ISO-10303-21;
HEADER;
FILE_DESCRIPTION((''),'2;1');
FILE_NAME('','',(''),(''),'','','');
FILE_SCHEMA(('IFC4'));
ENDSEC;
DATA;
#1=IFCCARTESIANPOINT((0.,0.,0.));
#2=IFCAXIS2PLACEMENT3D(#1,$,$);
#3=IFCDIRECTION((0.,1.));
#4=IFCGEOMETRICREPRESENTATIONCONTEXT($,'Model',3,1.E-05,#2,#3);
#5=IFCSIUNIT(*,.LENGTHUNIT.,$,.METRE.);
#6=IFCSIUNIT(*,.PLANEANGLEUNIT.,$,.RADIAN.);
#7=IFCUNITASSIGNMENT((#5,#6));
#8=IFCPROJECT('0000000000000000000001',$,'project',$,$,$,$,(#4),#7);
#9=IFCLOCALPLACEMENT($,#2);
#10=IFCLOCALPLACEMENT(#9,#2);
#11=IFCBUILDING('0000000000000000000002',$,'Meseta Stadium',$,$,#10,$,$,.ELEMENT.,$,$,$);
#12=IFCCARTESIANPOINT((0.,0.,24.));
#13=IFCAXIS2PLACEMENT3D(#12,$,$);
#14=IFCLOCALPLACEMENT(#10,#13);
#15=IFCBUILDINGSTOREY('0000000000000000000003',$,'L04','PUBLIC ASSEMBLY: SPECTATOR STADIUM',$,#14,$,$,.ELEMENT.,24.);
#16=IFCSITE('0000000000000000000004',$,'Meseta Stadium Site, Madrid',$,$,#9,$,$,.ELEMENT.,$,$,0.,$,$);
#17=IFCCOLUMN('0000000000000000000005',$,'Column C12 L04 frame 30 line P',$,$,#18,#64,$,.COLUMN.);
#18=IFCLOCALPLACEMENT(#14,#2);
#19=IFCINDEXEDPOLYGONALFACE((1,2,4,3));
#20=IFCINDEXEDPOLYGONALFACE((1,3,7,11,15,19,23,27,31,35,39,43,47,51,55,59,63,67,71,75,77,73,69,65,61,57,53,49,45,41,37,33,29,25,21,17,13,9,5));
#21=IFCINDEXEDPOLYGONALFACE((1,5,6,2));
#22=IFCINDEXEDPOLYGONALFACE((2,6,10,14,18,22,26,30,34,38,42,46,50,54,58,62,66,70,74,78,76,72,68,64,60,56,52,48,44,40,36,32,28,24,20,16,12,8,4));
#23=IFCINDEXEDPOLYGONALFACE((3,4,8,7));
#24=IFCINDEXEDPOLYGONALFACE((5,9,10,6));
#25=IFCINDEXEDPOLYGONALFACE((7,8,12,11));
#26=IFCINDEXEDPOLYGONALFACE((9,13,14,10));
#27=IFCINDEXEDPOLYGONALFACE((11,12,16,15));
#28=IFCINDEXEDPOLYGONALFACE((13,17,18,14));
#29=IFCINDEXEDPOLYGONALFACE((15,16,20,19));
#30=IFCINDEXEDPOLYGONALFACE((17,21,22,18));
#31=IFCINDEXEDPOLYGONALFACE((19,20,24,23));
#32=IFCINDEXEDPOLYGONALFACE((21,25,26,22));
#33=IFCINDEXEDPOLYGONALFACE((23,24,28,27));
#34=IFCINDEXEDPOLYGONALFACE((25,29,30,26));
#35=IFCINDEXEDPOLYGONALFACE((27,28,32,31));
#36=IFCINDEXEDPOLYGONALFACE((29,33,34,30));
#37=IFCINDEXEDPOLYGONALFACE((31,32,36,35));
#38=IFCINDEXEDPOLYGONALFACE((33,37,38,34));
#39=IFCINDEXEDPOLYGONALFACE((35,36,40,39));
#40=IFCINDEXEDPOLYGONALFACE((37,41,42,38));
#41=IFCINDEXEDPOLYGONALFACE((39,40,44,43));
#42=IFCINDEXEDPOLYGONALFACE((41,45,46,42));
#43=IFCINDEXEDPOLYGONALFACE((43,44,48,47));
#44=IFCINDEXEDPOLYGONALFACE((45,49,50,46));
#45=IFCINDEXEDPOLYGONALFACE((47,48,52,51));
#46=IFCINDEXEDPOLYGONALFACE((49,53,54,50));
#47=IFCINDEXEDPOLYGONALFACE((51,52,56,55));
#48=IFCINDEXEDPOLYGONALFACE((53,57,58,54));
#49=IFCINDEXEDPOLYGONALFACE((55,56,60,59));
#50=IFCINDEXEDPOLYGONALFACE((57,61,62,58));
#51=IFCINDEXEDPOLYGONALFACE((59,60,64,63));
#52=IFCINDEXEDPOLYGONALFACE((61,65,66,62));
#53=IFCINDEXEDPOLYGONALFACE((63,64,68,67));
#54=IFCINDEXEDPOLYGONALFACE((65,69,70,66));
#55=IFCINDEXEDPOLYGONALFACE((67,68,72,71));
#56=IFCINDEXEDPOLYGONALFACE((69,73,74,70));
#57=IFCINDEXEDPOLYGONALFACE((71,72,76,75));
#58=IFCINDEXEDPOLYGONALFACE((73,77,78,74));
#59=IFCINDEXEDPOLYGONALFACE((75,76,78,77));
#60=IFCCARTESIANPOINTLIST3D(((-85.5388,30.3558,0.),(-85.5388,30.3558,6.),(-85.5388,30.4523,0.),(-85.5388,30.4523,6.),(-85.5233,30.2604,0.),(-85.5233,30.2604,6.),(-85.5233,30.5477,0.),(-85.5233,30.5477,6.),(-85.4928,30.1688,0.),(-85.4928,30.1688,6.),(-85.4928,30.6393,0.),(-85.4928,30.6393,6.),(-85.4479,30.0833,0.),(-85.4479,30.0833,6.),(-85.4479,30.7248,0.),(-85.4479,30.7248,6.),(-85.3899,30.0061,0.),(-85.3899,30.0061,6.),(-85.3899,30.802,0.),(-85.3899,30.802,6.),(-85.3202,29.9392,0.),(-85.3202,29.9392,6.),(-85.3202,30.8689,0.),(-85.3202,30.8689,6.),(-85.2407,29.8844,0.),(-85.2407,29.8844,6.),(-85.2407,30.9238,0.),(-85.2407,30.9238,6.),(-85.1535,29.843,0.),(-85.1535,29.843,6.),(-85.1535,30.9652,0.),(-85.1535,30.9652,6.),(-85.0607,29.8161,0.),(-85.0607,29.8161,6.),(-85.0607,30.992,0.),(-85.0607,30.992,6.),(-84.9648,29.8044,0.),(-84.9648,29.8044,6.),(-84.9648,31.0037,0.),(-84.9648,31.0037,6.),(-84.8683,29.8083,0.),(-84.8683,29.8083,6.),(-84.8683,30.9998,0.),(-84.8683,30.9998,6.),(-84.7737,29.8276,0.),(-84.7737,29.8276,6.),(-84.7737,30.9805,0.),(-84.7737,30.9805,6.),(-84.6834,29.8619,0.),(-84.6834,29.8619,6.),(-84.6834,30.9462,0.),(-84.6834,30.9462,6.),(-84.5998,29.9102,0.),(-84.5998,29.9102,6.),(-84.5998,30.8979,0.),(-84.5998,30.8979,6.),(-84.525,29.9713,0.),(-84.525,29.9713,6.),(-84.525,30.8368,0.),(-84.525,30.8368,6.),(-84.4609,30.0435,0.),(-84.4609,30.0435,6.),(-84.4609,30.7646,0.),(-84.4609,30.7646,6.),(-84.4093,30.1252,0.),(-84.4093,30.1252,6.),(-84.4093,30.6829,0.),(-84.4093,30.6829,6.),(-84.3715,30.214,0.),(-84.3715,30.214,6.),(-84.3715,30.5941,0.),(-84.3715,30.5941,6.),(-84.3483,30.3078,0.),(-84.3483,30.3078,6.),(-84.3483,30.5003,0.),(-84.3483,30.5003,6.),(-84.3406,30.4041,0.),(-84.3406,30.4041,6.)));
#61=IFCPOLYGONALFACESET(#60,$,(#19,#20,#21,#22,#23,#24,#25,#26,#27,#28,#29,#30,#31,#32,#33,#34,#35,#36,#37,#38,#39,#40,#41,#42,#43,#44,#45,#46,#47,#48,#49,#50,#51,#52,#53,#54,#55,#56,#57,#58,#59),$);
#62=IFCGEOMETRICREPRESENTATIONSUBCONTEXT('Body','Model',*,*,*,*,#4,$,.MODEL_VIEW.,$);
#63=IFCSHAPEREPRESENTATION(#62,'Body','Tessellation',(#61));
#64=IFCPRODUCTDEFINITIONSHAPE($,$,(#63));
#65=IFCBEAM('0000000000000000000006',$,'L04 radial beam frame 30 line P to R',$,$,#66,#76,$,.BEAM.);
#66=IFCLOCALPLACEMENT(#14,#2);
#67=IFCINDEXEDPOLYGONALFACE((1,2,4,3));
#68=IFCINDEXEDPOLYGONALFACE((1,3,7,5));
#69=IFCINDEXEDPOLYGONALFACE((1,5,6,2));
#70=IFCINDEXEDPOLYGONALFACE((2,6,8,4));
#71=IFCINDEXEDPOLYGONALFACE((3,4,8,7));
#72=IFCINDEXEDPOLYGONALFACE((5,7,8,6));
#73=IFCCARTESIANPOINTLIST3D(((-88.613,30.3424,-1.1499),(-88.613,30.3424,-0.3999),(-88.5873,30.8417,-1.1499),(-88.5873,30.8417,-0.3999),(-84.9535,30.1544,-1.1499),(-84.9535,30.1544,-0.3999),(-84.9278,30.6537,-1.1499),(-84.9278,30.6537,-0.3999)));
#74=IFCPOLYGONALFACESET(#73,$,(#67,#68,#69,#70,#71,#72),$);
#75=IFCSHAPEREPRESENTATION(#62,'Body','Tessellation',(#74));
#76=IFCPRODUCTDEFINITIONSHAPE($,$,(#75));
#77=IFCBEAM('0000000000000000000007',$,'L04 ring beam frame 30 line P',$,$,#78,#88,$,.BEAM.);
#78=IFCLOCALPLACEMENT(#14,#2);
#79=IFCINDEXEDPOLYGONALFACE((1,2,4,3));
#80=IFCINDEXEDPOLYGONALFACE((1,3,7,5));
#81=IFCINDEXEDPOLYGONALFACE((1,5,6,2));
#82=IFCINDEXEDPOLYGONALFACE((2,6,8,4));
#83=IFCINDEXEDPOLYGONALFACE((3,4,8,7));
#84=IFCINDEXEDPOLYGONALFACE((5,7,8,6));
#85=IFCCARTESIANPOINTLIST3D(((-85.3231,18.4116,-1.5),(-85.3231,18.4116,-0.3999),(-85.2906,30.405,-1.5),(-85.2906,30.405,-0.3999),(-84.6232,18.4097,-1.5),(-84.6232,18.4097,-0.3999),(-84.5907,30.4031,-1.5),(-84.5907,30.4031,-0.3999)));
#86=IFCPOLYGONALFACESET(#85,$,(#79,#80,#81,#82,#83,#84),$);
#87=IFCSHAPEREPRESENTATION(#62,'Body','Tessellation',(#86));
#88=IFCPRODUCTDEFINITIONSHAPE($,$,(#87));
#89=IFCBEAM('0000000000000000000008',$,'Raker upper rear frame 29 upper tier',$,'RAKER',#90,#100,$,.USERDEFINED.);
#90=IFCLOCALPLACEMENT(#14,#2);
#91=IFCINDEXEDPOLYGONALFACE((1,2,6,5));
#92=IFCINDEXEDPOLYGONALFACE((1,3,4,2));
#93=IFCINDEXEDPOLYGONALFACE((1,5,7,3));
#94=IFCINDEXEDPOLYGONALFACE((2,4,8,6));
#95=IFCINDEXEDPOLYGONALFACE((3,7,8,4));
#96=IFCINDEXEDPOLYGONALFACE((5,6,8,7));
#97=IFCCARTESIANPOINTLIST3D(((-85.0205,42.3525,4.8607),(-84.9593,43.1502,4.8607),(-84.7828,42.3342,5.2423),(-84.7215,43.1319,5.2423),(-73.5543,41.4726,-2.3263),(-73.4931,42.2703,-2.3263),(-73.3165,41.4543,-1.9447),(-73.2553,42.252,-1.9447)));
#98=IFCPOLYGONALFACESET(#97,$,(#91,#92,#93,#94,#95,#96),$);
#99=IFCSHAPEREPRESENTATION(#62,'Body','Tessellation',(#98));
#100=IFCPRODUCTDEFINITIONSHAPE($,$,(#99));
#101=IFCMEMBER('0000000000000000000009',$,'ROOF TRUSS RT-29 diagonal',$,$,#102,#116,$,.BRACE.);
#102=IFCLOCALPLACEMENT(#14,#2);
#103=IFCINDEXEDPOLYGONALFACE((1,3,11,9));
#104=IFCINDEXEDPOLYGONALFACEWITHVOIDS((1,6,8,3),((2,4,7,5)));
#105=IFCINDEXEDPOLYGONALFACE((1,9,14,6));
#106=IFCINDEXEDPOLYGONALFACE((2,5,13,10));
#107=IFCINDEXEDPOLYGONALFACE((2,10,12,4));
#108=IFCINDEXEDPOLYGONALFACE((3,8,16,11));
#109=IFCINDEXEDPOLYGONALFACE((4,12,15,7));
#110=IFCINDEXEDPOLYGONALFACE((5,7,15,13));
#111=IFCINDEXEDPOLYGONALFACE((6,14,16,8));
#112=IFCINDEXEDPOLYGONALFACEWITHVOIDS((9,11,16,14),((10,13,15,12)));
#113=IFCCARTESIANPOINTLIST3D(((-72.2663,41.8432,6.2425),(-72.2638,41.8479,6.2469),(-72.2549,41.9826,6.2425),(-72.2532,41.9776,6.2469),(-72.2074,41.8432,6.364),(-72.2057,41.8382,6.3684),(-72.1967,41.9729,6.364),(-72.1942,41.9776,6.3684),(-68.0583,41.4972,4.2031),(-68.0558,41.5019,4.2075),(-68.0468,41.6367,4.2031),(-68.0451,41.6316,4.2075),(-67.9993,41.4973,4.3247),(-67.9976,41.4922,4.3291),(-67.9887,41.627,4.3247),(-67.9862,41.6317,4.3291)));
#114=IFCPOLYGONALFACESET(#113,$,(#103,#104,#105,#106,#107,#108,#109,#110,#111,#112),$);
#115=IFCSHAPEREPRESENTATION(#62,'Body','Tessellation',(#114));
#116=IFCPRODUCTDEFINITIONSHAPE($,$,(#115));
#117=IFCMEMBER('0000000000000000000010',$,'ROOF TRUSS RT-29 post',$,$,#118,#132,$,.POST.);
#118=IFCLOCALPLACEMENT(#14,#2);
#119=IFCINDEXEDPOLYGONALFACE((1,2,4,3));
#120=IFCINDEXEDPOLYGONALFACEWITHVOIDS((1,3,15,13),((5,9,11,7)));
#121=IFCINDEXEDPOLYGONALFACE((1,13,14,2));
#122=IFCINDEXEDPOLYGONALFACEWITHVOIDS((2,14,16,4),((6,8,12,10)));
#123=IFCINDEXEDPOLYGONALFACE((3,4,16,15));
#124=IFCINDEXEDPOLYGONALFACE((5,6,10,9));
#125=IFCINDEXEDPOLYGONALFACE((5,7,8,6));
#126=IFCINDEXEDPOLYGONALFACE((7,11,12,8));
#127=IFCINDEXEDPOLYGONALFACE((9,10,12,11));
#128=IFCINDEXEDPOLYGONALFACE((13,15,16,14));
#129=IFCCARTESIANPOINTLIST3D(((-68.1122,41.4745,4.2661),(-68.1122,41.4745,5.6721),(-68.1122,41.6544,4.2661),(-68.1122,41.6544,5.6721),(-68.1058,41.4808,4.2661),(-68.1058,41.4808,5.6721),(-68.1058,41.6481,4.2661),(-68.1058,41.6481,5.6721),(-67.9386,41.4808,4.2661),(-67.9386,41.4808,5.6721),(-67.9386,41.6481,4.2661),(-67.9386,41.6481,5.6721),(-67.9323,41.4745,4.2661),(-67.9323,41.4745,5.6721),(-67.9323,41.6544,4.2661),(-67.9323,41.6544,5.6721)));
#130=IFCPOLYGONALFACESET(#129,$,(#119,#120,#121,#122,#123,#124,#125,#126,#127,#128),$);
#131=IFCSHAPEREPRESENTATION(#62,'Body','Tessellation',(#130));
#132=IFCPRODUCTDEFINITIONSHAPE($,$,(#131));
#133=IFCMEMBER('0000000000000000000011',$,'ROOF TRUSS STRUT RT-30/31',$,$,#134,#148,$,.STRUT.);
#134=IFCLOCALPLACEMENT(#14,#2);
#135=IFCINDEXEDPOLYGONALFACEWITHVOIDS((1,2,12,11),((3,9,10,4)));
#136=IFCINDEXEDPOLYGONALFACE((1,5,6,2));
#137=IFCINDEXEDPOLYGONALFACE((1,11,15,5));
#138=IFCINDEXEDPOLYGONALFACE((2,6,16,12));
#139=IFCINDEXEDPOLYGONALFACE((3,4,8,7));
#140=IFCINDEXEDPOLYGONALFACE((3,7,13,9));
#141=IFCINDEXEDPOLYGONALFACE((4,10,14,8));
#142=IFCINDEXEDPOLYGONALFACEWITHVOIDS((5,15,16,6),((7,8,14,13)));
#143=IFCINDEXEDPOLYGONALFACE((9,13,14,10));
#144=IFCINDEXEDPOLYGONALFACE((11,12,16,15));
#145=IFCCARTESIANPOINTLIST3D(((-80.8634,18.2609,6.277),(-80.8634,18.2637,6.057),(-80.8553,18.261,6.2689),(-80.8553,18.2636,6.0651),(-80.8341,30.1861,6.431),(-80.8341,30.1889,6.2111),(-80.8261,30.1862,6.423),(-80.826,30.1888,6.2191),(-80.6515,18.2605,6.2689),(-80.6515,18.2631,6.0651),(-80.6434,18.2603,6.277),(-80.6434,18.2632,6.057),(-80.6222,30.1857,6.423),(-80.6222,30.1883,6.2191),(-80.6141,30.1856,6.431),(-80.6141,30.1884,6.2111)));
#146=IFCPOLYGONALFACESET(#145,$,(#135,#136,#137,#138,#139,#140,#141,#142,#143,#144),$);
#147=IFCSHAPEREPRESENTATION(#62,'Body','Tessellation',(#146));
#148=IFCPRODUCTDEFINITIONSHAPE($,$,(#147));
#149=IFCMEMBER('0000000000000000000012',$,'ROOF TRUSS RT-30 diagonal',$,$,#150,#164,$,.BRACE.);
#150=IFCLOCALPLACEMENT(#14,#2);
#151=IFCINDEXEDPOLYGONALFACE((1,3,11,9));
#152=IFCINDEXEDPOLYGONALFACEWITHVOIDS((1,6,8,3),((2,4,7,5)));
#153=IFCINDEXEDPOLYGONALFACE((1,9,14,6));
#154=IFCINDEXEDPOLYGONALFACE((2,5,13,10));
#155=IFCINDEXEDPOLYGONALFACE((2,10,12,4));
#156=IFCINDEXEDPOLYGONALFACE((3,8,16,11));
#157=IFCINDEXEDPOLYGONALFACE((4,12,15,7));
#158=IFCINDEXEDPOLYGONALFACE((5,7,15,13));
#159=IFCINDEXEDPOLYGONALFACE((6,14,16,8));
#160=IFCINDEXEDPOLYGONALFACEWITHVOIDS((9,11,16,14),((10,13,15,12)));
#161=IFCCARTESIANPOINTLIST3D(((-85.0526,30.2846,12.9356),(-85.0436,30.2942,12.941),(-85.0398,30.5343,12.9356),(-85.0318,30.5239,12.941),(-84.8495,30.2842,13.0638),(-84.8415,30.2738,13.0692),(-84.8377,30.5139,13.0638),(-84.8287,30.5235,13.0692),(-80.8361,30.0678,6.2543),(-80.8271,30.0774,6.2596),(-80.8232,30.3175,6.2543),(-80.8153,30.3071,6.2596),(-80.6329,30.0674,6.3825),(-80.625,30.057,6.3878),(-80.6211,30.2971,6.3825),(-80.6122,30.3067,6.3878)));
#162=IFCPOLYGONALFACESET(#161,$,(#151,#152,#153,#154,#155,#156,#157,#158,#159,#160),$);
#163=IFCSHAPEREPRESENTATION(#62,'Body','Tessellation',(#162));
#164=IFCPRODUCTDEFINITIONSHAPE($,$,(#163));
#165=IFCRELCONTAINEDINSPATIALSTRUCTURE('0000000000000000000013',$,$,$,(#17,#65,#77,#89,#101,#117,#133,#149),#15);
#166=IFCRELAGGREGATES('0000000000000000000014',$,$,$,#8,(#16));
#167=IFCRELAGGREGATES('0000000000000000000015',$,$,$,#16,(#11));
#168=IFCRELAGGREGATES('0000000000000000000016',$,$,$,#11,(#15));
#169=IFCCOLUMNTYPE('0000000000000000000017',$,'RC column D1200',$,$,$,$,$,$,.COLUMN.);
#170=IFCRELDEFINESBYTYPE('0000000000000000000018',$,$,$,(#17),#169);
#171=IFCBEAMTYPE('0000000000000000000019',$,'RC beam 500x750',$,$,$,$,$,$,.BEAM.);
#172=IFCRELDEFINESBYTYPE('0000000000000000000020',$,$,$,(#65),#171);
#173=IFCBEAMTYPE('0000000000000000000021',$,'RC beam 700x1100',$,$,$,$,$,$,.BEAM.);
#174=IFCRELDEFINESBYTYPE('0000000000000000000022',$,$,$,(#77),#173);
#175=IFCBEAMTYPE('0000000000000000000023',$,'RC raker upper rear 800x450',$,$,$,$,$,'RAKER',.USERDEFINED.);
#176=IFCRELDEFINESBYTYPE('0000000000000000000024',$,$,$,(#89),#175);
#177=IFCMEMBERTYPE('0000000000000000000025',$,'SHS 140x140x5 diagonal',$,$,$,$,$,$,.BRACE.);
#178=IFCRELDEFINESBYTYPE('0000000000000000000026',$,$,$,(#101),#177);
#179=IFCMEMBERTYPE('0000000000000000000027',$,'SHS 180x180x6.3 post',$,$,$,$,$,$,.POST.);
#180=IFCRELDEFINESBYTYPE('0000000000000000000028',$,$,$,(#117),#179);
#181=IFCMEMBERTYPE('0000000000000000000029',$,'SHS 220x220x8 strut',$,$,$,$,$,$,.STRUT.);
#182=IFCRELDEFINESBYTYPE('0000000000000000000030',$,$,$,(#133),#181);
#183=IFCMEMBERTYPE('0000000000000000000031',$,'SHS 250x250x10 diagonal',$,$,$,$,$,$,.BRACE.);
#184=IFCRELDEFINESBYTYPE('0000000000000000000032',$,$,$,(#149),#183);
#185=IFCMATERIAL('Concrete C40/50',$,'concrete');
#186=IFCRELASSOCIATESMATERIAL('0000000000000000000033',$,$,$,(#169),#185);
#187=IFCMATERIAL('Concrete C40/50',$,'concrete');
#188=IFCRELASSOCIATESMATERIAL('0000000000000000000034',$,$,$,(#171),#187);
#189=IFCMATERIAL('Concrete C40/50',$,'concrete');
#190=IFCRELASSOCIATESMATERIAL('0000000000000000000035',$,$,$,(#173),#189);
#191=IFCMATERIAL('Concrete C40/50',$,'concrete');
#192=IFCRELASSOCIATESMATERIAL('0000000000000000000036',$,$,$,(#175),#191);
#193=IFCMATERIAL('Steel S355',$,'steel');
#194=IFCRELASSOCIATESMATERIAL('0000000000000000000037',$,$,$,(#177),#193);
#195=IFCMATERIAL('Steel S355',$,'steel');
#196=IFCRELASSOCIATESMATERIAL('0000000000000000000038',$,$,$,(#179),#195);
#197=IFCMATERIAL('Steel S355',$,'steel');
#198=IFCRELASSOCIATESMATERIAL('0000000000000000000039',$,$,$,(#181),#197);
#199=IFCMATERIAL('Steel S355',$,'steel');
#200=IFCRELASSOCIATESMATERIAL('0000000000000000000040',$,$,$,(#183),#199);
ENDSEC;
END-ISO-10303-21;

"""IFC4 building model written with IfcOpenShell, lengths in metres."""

from ifc_helpers import new_model, si_unit, direction, frame, origin, origin_2d, place, context, subcontext, project, spatial, rectangle, hollow_rectangle, circle, extrude, material, material_profile, profile_set, type_object, element, save


model = new_model("IFC4")

# Units and contexts
model_context = context("Model", 3, precision=1e-05, world=origin(), true_north=direction((0.0, 1.0)))
body_context = subcontext(model_context, "Body", "Model", "MODEL_VIEW")
ifc_project = project(units=[si_unit("LENGTHUNIT", "METRE"), si_unit("PLANEANGLEUNIT", "RADIAN")], contexts=[model_context])

# Site, building, storey
site_placement = place(None, origin())
site = spatial("IfcSite", under=ifc_project, at=site_placement, Name="Meseta Stadium Site, Madrid", CompositionType="ELEMENT", RefElevation=0.0)
building_placement = place(site_placement, origin())
building = spatial("IfcBuilding", under=site, at=building_placement, Name="Meseta Stadium", CompositionType="ELEMENT")
storey_placement = place(building_placement, frame((0.0, 0.0, 24.0)))
storey = spatial("IfcBuildingStorey", under=building, at=storey_placement, Name="L04", Description="PUBLIC ASSEMBLY: SPECTATOR STADIUM", CompositionType="ELEMENT", Elevation=24.0)

# Column
ifc_material_1 = material(Name="Concrete C40/50", Category="concrete")
ifc_material_profile_1 = material_profile(ifc_material_1, circle(Radius=0.6001, at=origin_2d()), Name="RC D1200")
ifc_profile_set_1 = profile_set([ifc_material_profile_1], Name="Concrete C40/50")
column_type = type_object("IfcColumnType", Name="RC column D1200", PredefinedType="COLUMN", material=ifc_profile_set_1)
column_placement = place(storey_placement, frame((-84.9407, 30.4041, 0.0), z_axis=(0.0, 0.0, 1.0), x_axis=(1.0, 0.0, 0.0)))
element("IfcColumn", 1, at=column_placement, inside=storey, type_object=column_type, Name="Column C12 L04 frame 30 line P", PredefinedType="COLUMN", context=body_context, shape_type="SweptSolid", body=[
    extrude(circle(Radius=0.6001, at=origin_2d()), origin(), (0.0, 0.0, 1.0), 6.0),
])

# Beams
ifc_material_2 = material(Name="Concrete C40/50", Category="concrete")
ifc_material_profile_2 = material_profile(ifc_material_2, rectangle(XDim=0.5, YDim=0.75, at=origin_2d()), Name="RC 500x750")
ifc_profile_set_2 = profile_set([ifc_material_profile_2], Name="Concrete C40/50")
beam_type_1 = type_object("IfcBeamType", Name="RC beam 500x750", PredefinedType="BEAM", material=ifc_profile_set_2)
beam_1_placement = place(storey_placement, frame((-84.9407, 30.4041, -0.7749), z_axis=(-0.998683, 0.051303, 0.0), x_axis=(-0.051303, -0.998683, 0.0)))
element("IfcBeam", 2, at=beam_1_placement, inside=storey, type_object=beam_type_1, Name="L04 radial beam frame 30 line P to R", PredefinedType="BEAM", context=body_context, shape_type="SweptSolid", body=[
    extrude(rectangle(XDim=0.5, YDim=0.75, at=origin_2d()), origin(), (0.0, 0.0, 1.0), 3.6643),
])
ifc_material_3 = material(Name="Concrete C40/50", Category="concrete")
ifc_material_profile_3 = material_profile(ifc_material_3, rectangle(XDim=0.7, YDim=1.1001, at=origin_2d()), Name="RC 700x1100")
ifc_profile_set_3 = profile_set([ifc_material_profile_3], Name="Concrete C40/50")
beam_type_2 = type_object("IfcBeamType", Name="RC beam 700x1100", PredefinedType="BEAM", material=ifc_profile_set_3)
beam_2_placement = place(storey_placement, frame((-84.9407, 30.4041, -0.95), z_axis=(-0.002707, -0.999996, 0.0), x_axis=(0.999996, -0.002707, 0.0)))
element("IfcBeam", 3, at=beam_2_placement, inside=storey, type_object=beam_type_2, Name="L04 ring beam frame 30 line P", PredefinedType="BEAM", context=body_context, shape_type="SweptSolid", body=[
    extrude(rectangle(XDim=0.7, YDim=1.1001, at=origin_2d()), origin(), (0.0, 0.0, 1.0), 11.9934),
])
ifc_material_4 = material(Name="Concrete C40/50", Category="concrete")
ifc_material_profile_4 = material_profile(ifc_material_4, rectangle(XDim=0.8, YDim=0.45, at=origin_2d()), Name="RC 800x450")
ifc_profile_set_4 = profile_set([ifc_material_profile_4], Name="Concrete C40/50")
beam_type_3 = type_object("IfcBeamType", Name="RC raker upper rear 800x450", ElementType="RAKER", PredefinedType="USERDEFINED", material=ifc_profile_set_4)
beam_3_placement = place(storey_placement, frame((-73.4048, 41.8623, -2.1355), z_axis=(-0.845529, 0.064883, 0.529972), x_axis=(-0.076511, -0.997069, 0.0)))
element("IfcBeam", 4, at=beam_3_placement, inside=storey, type_object=beam_type_3, Name="Raker upper rear frame 29 upper tier", ObjectType="RAKER", PredefinedType="USERDEFINED", context=body_context, shape_type="SweptSolid", body=[
    extrude(rectangle(XDim=0.8, YDim=0.45, at=origin_2d()), origin(), (0.0, 0.0, 1.0), 13.561),
])

# Members
ifc_material_5 = material(Name="Steel S355", Category="steel")
ifc_material_profile_5 = material_profile(ifc_material_5, hollow_rectangle(XDim=0.1399, YDim=0.1399, WallThickness=0.0049, at=origin_2d()), Name="SHS 140x140x5")
ifc_profile_set_5 = profile_set([ifc_material_profile_5], Name="Steel S355")
member_type_1 = type_object("IfcMemberType", Name="SHS 140x140x5 diagonal", PredefinedType="BRACE", material=ifc_profile_set_5)
member_1_placement = place(storey_placement, frame((-68.0222, 41.5645, 4.2661), z_axis=(-0.89744, 0.07378, 0.434922), x_axis=(-0.081935, -0.996638, 0.0)))
element("IfcMember", 5, at=member_1_placement, inside=storey, type_object=member_type_1, Name="ROOF TRUSS RT-29 diagonal", PredefinedType="BRACE", context=body_context, shape_type="SweptSolid", body=[
    extrude(hollow_rectangle(XDim=0.1399, YDim=0.1399, WallThickness=0.0049, at=origin_2d()), origin(), (0.0, 0.0, 1.0), 4.689),
])
ifc_material_6 = material(Name="Steel S355", Category="steel")
ifc_material_profile_6 = material_profile(ifc_material_6, hollow_rectangle(XDim=0.1799, YDim=0.1799, WallThickness=0.0063, at=origin_2d()), Name="SHS 180x180x6.3")
ifc_profile_set_6 = profile_set([ifc_material_profile_6], Name="Steel S355")
member_type_2 = type_object("IfcMemberType", Name="SHS 180x180x6.3 post", PredefinedType="POST", material=ifc_profile_set_6)
member_2_placement = place(storey_placement, frame((-68.0222, 41.5645, 4.2661), z_axis=(0.0, 0.0, 1.0), x_axis=(1.0, 0.0, 0.0)))
element("IfcMember", 6, at=member_2_placement, inside=storey, type_object=member_type_2, Name="ROOF TRUSS RT-29 post", PredefinedType="POST", context=body_context, shape_type="SweptSolid", body=[
    extrude(hollow_rectangle(XDim=0.1799, YDim=0.1799, WallThickness=0.0063, at=origin_2d()), origin(), (0.0, 0.0, 1.0), 1.406),
])
ifc_material_7 = material(Name="Steel S355", Category="steel")
ifc_material_profile_7 = material_profile(ifc_material_7, hollow_rectangle(XDim=0.22, YDim=0.22, WallThickness=0.0081, at=origin_2d()), Name="SHS 220x220x8")
ifc_profile_set_7 = profile_set([ifc_material_profile_7], Name="Steel S355")
member_type_3 = type_object("IfcMemberType", Name="SHS 220x220x8 strut", PredefinedType="STRUT", material=ifc_profile_set_7)
member_3_placement = place(storey_placement, frame((-80.7241, 30.1873, 6.321), z_axis=(-0.002456, -0.999914, -0.012917), x_axis=(0.999997, -0.002457, 0.0)))
element("IfcMember", 7, at=member_3_placement, inside=storey, type_object=member_type_3, Name="ROOF TRUSS STRUT RT-30/31", PredefinedType="STRUT", context=body_context, shape_type="SweptSolid", body=[
    extrude(hollow_rectangle(XDim=0.22, YDim=0.22, WallThickness=0.0081, at=origin_2d()), origin(), (0.0, 0.0, 1.0), 11.9263),
])
ifc_material_8 = material(Name="Steel S355", Category="steel")
ifc_material_profile_8 = material_profile(ifc_material_8, hollow_rectangle(XDim=0.25, YDim=0.25, WallThickness=0.01, at=origin_2d()), Name="SHS 250x250x10")
ifc_profile_set_8 = profile_set([ifc_material_profile_8], Name="Steel S355")
member_type_4 = type_object("IfcMemberType", Name="SHS 250x250x10 diagonal", PredefinedType="BRACE", material=ifc_profile_set_8)
member_4_placement = place(storey_placement, frame((-80.7241, 30.1873, 6.321), z_axis=(-0.533496, 0.02743, 0.845358), x_axis=(-0.051348, -0.998681, 0.0)))
element("IfcMember", 8, at=member_4_placement, inside=storey, type_object=member_type_4, Name="ROOF TRUSS RT-30 diagonal", PredefinedType="BRACE", context=body_context, shape_type="SweptSolid", body=[
    extrude(hollow_rectangle(XDim=0.25, YDim=0.25, WallThickness=0.01, at=origin_2d()), origin(), (0.0, 0.0, 1.0), 7.9036),
])

save(model, "model.ifc")
